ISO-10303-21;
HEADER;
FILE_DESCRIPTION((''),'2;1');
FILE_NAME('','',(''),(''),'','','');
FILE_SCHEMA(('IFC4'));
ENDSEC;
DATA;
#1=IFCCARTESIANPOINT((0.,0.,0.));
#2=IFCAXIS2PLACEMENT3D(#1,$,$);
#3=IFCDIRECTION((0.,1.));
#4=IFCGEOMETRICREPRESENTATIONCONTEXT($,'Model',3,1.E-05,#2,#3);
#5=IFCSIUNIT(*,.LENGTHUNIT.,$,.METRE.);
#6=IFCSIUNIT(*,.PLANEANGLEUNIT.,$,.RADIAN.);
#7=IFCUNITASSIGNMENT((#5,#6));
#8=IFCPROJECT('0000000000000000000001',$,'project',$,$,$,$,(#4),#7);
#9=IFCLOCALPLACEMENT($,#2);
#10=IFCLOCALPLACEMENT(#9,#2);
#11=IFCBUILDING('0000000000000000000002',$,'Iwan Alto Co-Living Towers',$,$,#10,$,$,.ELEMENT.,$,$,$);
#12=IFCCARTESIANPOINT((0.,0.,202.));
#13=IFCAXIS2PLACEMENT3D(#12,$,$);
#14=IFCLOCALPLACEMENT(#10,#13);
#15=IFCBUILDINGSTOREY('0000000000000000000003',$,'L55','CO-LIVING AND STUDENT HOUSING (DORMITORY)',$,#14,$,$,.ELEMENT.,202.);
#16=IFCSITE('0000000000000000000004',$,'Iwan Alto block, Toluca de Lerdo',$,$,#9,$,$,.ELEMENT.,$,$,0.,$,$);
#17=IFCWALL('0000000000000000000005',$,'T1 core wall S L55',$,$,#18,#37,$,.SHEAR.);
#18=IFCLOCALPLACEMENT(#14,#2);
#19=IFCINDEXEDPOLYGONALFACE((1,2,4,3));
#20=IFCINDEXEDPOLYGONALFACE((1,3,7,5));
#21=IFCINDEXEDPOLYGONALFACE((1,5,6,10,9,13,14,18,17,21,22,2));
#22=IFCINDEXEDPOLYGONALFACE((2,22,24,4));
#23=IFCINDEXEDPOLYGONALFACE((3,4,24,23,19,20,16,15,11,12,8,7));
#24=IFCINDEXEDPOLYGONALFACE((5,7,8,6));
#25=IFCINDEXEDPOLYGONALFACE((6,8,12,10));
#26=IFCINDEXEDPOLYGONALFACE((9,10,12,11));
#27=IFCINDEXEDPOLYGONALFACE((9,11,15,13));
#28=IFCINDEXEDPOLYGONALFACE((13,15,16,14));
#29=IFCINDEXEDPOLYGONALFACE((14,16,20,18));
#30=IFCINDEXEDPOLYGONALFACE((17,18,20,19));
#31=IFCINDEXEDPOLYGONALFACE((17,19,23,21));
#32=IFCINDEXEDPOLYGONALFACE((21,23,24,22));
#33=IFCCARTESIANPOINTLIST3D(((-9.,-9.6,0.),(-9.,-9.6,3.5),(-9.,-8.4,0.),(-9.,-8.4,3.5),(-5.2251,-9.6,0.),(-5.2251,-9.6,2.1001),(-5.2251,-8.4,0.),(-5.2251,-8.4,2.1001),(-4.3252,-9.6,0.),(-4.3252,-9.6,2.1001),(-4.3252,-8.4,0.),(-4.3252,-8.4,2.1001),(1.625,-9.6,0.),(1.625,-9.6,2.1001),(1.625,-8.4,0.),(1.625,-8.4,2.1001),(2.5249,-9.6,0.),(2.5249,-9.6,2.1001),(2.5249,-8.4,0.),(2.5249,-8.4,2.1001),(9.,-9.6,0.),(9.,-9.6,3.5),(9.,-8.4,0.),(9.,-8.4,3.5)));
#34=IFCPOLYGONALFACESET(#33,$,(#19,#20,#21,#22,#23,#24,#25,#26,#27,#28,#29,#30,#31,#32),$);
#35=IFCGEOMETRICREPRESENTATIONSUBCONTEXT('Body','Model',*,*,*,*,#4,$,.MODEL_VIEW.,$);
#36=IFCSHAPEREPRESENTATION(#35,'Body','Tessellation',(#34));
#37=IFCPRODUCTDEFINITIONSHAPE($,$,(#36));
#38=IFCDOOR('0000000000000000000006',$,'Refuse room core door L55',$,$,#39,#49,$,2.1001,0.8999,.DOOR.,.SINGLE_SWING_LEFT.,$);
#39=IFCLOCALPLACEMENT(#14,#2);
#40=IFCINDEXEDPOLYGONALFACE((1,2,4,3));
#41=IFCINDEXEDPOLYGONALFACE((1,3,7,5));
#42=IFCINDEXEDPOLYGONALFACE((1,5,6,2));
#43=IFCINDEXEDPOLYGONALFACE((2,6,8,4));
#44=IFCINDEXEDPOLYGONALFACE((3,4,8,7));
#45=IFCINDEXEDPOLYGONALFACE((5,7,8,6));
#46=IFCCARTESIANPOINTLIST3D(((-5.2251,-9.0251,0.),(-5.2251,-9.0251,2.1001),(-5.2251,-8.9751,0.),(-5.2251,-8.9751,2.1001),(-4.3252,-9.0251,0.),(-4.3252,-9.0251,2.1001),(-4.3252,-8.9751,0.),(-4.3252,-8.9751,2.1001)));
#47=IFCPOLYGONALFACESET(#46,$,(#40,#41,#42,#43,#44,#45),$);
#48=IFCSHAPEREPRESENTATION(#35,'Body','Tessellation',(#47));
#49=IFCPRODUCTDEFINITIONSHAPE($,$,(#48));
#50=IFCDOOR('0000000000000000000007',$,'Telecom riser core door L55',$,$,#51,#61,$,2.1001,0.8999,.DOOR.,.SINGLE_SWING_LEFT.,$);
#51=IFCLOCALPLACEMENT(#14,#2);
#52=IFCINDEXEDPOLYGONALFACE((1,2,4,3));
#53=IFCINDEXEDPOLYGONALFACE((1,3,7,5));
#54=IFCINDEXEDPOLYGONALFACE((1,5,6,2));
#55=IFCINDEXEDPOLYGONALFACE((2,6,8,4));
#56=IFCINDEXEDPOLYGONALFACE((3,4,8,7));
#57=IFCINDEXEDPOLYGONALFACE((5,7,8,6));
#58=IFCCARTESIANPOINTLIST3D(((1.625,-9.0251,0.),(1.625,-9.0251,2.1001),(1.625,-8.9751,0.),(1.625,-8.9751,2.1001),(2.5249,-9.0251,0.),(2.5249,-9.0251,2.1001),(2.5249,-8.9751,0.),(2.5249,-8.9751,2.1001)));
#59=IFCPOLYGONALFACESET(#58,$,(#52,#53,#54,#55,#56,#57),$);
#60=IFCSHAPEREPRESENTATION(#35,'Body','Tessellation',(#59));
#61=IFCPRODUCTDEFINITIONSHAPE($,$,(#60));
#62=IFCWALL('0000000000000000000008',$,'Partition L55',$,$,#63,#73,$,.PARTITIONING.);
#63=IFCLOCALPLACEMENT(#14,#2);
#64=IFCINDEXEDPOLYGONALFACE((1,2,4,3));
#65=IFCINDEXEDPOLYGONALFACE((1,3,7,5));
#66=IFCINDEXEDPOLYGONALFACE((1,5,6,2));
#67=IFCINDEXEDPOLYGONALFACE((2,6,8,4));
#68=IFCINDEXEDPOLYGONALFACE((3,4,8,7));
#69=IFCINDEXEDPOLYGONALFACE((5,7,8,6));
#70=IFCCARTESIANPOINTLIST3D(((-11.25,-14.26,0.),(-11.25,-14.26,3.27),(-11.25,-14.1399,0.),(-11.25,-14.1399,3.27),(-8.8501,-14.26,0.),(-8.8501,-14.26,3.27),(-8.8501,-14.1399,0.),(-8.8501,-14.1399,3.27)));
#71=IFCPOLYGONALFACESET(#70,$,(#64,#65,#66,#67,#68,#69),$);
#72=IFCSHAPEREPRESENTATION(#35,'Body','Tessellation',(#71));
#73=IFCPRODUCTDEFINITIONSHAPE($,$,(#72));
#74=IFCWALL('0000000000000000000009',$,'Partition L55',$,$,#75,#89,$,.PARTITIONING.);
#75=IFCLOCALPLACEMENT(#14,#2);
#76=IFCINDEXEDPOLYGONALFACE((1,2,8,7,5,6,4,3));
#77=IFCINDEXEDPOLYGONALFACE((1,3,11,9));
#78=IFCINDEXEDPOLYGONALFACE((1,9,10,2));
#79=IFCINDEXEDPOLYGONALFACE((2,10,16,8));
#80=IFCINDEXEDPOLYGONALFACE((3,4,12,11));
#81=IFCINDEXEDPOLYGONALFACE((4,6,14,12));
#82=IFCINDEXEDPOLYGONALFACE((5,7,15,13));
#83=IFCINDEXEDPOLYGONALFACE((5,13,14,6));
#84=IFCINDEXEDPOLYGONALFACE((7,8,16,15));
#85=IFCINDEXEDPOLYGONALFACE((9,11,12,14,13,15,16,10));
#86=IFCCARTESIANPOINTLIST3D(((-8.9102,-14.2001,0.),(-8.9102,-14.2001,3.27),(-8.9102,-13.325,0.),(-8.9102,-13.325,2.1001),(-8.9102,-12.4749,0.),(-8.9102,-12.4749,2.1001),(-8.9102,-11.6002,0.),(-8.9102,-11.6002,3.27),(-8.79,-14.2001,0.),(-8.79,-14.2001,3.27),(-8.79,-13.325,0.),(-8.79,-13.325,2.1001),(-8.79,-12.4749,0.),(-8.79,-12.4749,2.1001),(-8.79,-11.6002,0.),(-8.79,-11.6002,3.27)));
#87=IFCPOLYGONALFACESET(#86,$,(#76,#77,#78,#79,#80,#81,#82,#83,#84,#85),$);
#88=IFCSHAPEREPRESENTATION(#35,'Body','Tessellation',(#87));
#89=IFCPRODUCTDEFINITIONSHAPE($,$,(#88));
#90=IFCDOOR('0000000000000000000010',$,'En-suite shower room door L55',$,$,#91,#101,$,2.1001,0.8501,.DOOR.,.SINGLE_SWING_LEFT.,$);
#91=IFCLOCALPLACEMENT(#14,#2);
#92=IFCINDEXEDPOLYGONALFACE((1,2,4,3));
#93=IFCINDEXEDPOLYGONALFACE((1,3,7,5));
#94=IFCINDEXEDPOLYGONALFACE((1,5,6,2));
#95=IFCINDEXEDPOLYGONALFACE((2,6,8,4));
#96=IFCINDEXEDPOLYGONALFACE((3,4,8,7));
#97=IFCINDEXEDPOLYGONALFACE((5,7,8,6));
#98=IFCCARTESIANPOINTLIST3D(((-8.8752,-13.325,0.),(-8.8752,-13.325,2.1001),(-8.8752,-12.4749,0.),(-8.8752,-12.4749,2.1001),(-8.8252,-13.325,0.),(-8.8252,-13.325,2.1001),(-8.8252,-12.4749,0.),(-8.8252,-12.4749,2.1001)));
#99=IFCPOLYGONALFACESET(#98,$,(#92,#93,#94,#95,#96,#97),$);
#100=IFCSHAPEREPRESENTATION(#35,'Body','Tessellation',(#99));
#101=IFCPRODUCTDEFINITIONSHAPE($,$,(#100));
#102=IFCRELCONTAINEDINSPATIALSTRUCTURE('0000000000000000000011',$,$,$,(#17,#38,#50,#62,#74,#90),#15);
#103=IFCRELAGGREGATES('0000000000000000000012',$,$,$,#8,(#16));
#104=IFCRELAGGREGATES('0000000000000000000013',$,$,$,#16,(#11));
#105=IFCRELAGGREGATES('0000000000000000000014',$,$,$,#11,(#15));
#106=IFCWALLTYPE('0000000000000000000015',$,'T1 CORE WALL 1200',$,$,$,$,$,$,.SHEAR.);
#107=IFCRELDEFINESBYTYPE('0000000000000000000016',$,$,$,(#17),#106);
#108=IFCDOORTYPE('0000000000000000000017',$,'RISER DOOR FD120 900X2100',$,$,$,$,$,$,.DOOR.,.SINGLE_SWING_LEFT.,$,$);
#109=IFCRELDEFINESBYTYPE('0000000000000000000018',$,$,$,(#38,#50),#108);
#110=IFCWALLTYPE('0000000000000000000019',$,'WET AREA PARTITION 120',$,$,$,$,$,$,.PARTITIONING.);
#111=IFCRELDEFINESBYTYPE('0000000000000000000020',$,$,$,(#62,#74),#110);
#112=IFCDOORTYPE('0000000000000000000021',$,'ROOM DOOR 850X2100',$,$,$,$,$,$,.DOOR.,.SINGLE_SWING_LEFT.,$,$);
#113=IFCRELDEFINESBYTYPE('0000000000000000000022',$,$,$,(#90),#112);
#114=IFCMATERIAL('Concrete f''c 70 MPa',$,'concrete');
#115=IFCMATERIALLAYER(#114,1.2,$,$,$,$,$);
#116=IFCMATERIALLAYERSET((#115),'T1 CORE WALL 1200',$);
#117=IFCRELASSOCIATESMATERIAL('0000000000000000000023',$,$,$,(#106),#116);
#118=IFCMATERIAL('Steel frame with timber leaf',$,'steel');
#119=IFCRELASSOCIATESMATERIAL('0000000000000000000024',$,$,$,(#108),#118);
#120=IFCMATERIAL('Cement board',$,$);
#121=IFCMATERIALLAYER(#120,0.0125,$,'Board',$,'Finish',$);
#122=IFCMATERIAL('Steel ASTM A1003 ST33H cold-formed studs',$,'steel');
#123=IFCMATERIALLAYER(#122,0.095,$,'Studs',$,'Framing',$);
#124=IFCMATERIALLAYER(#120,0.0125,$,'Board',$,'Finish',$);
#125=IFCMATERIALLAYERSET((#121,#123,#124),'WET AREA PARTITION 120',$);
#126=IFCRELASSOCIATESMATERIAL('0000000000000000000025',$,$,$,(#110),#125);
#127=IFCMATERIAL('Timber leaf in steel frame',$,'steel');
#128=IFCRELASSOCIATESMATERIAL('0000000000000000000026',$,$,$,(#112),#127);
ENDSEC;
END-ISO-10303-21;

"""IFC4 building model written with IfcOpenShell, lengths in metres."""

from ifc_helpers import new_model, si_unit, direction, frame, frame_2d, origin, place, context, subcontext, project, spatial, rectangle, extrude, material, layer, layer_set, type_object, element, fill, save


model = new_model("IFC4")

# Units and contexts
model_context = context("Model", 3, precision=1e-05, world=origin(), true_north=direction((0.0, 1.0)))
body_context = subcontext(model_context, "Body", "Model", "MODEL_VIEW")
ifc_project = project(units=[si_unit("LENGTHUNIT", "METRE"), si_unit("PLANEANGLEUNIT", "RADIAN")], contexts=[model_context])

# Site, building, storey
site_placement = place(None, origin())
site = spatial("IfcSite", under=ifc_project, at=site_placement, Name="Iwan Alto block, Toluca de Lerdo", CompositionType="ELEMENT", RefElevation=0.0)
building_placement = place(site_placement, origin())
building = spatial("IfcBuilding", under=site, at=building_placement, Name="Iwan Alto Co-Living Towers", CompositionType="ELEMENT")
storey_placement = place(building_placement, frame((0.0, 0.0, 202.0)))
storey = spatial("IfcBuildingStorey", under=building, at=storey_placement, Name="L55", Description="CO-LIVING AND STUDENT HOUSING (DORMITORY)", CompositionType="ELEMENT", Elevation=202.0)

# Shared definitions
ifc_material_1 = material(Name="Steel ASTM A1003 ST33H cold-formed studs", Category="steel")

# Wall, openings, doors
ifc_material_2 = material(Name="Concrete f'c 70 MPa", Category="concrete")
ifc_layer_1 = layer(ifc_material_2, 1.2)
ifc_layer_set_1 = layer_set([ifc_layer_1], Name="T1 CORE WALL 1200")
wall_type_1 = type_object("IfcWallType", Name="T1 CORE WALL 1200", PredefinedType="SHEAR", material=ifc_layer_set_1)
wall_1_placement = place(storey_placement, frame((-9.0, -9.0, 0.0), z_axis=(0.0, 0.0, 1.0), x_axis=(1.0, 0.0, 0.0)))
wall_1 = element("IfcWall", 1, at=wall_1_placement, inside=storey, type_object=wall_type_1, Name="T1 core wall S L55", PredefinedType="SHEAR", context=body_context, shape_type="SweptSolid", body=[
    extrude(rectangle(XDim=18.0, YDim=1.2, at=frame_2d((9.0, 0.0))), origin(), (0.0, 0.0, 1.0), 3.5),
])
opening_1_placement = place(wall_1_placement, frame((3.7749, 0.0, 0.0)))
opening_1 = element("IfcOpeningElement", 2, at=opening_1_placement, cuts=wall_1, PredefinedType="OPENING", context=body_context, shape_type="SweptSolid", body=[
    extrude(rectangle(XDim=0.8999, YDim=2.1001, at=frame_2d((0.45, 1.05))), frame((0.0, 0.6099, 0.0), z_axis=(0.0, -1.0, 0.0), x_axis=(1.0, 0.0, 0.0)), (0.0, 0.0, 1.0), 1.22),
])
opening_2_placement = place(wall_1_placement, frame((10.625, 0.0, 0.0)))
opening_2 = element("IfcOpeningElement", 3, at=opening_2_placement, cuts=wall_1, PredefinedType="OPENING", context=body_context, shape_type="SweptSolid", body=[
    extrude(rectangle(XDim=0.8999, YDim=2.1001, at=frame_2d((0.45, 1.05))), frame((0.0, 0.6099, 0.0), z_axis=(0.0, -1.0, 0.0), x_axis=(1.0, 0.0, 0.0)), (0.0, 0.0, 1.0), 1.22),
])
ifc_material_3 = material(Name="Steel frame with timber leaf", Category="steel")
door_type_1 = type_object("IfcDoorType", Name="RISER DOOR FD120 900X2100", OperationType="SINGLE_SWING_LEFT", PredefinedType="DOOR", material=ifc_material_3)
door_1_placement = place(opening_1_placement, origin())
door_1 = element("IfcDoor", 4, at=door_1_placement, inside=storey, type_object=door_type_1, Name="Refuse room core door L55", OperationType="SINGLE_SWING_LEFT", OverallHeight=2.1001, OverallWidth=0.8999, PredefinedType="DOOR", context=body_context, shape_type="SweptSolid", body=[
    extrude(rectangle(XDim=0.8999, YDim=2.1001, at=frame_2d((0.45, 1.05))), frame((0.0, 0.0249, 0.0), z_axis=(0.0, -1.0, 0.0), x_axis=(1.0, 0.0, 0.0)), (0.0, 0.0, 1.0), 0.05),
])
fill(opening_1, door_1)
door_2_placement = place(opening_2_placement, origin())
door_2 = element("IfcDoor", 5, at=door_2_placement, inside=storey, type_object=door_type_1, Name="Telecom riser core door L55", OperationType="SINGLE_SWING_LEFT", OverallHeight=2.1001, OverallWidth=0.8999, PredefinedType="DOOR", context=body_context, shape_type="SweptSolid", body=[
    extrude(rectangle(XDim=0.8999, YDim=2.1001, at=frame_2d((0.45, 1.05))), frame((0.0, 0.0249, 0.0), z_axis=(0.0, -1.0, 0.0), x_axis=(1.0, 0.0, 0.0)), (0.0, 0.0, 1.0), 0.05),
])
fill(opening_2, door_2)

# Wall
ifc_material_4 = material(Name="Cement board")
ifc_layer_2 = layer(ifc_material_4, 0.0125, Name="Board", Category="Finish")
ifc_layer_3 = layer(ifc_material_1, 0.095, Name="Studs", Category="Framing")
ifc_layer_4 = layer(ifc_material_4, 0.0125, Name="Board", Category="Finish")
ifc_layer_set_2 = layer_set([ifc_layer_2, ifc_layer_3, ifc_layer_4], Name="WET AREA PARTITION 120")
wall_type_2 = type_object("IfcWallType", Name="WET AREA PARTITION 120", PredefinedType="PARTITIONING", material=ifc_layer_set_2)
wall_2_placement = place(storey_placement, frame((-11.25, -14.2, 0.0), z_axis=(0.0, 0.0, 1.0), x_axis=(1.0, 0.0, 0.0)))
element("IfcWall", 6, at=wall_2_placement, inside=storey, type_object=wall_type_2, Name="Partition L55", PredefinedType="PARTITIONING", context=body_context, shape_type="SweptSolid", body=[
    extrude(rectangle(XDim=2.3999, YDim=0.1201, at=frame_2d((1.2, 0.0))), origin(), (0.0, 0.0, 1.0), 3.27),
])

# Wall, opening, door
wall_3_placement = place(storey_placement, frame((-8.8501, -14.2, 0.0), z_axis=(0.0, 0.0, 1.0), x_axis=(0.0, 1.0, 0.0)))
wall_3 = element("IfcWall", 7, at=wall_3_placement, inside=storey, type_object=wall_type_2, Name="Partition L55", PredefinedType="PARTITIONING", context=body_context, shape_type="SweptSolid", body=[
    extrude(rectangle(XDim=2.5999, YDim=0.1201, at=frame_2d((1.2998, 0.0))), origin(), (0.0, 0.0, 1.0), 3.27),
])
opening_3_placement = place(wall_3_placement, frame((0.875, 0.0, 0.0)))
opening_3 = element("IfcOpeningElement", 8, at=opening_3_placement, cuts=wall_3, PredefinedType="OPENING", context=body_context, shape_type="SweptSolid", body=[
    extrude(rectangle(XDim=0.8501, YDim=2.1001, at=frame_2d((0.425, 1.05))), frame((0.0, 0.0701, 0.0), z_axis=(0.0, -1.0, 0.0), x_axis=(1.0, 0.0, 0.0)), (0.0, 0.0, 1.0), 0.1401),
])
ifc_material_5 = material(Name="Timber leaf in steel frame", Category="steel")
door_type_2 = type_object("IfcDoorType", Name="ROOM DOOR 850X2100", OperationType="SINGLE_SWING_LEFT", PredefinedType="DOOR", material=ifc_material_5)
door_3_placement = place(opening_3_placement, frame((0.8501, 0.0, 0.0), z_axis=(0.0, 0.0, 1.0), x_axis=(-1.0, 0.0, 0.0)))
door_3 = element("IfcDoor", 9, at=door_3_placement, inside=storey, type_object=door_type_2, Name="En-suite shower room door L55", OperationType="SINGLE_SWING_LEFT", OverallHeight=2.1001, OverallWidth=0.8501, PredefinedType="DOOR", context=body_context, shape_type="SweptSolid", body=[
    extrude(rectangle(XDim=0.8501, YDim=2.1001, at=frame_2d((0.425, 1.05))), frame((0.0, 0.0249, 0.0), z_axis=(0.0, -1.0, 0.0), x_axis=(1.0, 0.0, 0.0)), (0.0, 0.0, 1.0), 0.05),
])
fill(opening_3, door_3)

save(model, "model.ifc")
